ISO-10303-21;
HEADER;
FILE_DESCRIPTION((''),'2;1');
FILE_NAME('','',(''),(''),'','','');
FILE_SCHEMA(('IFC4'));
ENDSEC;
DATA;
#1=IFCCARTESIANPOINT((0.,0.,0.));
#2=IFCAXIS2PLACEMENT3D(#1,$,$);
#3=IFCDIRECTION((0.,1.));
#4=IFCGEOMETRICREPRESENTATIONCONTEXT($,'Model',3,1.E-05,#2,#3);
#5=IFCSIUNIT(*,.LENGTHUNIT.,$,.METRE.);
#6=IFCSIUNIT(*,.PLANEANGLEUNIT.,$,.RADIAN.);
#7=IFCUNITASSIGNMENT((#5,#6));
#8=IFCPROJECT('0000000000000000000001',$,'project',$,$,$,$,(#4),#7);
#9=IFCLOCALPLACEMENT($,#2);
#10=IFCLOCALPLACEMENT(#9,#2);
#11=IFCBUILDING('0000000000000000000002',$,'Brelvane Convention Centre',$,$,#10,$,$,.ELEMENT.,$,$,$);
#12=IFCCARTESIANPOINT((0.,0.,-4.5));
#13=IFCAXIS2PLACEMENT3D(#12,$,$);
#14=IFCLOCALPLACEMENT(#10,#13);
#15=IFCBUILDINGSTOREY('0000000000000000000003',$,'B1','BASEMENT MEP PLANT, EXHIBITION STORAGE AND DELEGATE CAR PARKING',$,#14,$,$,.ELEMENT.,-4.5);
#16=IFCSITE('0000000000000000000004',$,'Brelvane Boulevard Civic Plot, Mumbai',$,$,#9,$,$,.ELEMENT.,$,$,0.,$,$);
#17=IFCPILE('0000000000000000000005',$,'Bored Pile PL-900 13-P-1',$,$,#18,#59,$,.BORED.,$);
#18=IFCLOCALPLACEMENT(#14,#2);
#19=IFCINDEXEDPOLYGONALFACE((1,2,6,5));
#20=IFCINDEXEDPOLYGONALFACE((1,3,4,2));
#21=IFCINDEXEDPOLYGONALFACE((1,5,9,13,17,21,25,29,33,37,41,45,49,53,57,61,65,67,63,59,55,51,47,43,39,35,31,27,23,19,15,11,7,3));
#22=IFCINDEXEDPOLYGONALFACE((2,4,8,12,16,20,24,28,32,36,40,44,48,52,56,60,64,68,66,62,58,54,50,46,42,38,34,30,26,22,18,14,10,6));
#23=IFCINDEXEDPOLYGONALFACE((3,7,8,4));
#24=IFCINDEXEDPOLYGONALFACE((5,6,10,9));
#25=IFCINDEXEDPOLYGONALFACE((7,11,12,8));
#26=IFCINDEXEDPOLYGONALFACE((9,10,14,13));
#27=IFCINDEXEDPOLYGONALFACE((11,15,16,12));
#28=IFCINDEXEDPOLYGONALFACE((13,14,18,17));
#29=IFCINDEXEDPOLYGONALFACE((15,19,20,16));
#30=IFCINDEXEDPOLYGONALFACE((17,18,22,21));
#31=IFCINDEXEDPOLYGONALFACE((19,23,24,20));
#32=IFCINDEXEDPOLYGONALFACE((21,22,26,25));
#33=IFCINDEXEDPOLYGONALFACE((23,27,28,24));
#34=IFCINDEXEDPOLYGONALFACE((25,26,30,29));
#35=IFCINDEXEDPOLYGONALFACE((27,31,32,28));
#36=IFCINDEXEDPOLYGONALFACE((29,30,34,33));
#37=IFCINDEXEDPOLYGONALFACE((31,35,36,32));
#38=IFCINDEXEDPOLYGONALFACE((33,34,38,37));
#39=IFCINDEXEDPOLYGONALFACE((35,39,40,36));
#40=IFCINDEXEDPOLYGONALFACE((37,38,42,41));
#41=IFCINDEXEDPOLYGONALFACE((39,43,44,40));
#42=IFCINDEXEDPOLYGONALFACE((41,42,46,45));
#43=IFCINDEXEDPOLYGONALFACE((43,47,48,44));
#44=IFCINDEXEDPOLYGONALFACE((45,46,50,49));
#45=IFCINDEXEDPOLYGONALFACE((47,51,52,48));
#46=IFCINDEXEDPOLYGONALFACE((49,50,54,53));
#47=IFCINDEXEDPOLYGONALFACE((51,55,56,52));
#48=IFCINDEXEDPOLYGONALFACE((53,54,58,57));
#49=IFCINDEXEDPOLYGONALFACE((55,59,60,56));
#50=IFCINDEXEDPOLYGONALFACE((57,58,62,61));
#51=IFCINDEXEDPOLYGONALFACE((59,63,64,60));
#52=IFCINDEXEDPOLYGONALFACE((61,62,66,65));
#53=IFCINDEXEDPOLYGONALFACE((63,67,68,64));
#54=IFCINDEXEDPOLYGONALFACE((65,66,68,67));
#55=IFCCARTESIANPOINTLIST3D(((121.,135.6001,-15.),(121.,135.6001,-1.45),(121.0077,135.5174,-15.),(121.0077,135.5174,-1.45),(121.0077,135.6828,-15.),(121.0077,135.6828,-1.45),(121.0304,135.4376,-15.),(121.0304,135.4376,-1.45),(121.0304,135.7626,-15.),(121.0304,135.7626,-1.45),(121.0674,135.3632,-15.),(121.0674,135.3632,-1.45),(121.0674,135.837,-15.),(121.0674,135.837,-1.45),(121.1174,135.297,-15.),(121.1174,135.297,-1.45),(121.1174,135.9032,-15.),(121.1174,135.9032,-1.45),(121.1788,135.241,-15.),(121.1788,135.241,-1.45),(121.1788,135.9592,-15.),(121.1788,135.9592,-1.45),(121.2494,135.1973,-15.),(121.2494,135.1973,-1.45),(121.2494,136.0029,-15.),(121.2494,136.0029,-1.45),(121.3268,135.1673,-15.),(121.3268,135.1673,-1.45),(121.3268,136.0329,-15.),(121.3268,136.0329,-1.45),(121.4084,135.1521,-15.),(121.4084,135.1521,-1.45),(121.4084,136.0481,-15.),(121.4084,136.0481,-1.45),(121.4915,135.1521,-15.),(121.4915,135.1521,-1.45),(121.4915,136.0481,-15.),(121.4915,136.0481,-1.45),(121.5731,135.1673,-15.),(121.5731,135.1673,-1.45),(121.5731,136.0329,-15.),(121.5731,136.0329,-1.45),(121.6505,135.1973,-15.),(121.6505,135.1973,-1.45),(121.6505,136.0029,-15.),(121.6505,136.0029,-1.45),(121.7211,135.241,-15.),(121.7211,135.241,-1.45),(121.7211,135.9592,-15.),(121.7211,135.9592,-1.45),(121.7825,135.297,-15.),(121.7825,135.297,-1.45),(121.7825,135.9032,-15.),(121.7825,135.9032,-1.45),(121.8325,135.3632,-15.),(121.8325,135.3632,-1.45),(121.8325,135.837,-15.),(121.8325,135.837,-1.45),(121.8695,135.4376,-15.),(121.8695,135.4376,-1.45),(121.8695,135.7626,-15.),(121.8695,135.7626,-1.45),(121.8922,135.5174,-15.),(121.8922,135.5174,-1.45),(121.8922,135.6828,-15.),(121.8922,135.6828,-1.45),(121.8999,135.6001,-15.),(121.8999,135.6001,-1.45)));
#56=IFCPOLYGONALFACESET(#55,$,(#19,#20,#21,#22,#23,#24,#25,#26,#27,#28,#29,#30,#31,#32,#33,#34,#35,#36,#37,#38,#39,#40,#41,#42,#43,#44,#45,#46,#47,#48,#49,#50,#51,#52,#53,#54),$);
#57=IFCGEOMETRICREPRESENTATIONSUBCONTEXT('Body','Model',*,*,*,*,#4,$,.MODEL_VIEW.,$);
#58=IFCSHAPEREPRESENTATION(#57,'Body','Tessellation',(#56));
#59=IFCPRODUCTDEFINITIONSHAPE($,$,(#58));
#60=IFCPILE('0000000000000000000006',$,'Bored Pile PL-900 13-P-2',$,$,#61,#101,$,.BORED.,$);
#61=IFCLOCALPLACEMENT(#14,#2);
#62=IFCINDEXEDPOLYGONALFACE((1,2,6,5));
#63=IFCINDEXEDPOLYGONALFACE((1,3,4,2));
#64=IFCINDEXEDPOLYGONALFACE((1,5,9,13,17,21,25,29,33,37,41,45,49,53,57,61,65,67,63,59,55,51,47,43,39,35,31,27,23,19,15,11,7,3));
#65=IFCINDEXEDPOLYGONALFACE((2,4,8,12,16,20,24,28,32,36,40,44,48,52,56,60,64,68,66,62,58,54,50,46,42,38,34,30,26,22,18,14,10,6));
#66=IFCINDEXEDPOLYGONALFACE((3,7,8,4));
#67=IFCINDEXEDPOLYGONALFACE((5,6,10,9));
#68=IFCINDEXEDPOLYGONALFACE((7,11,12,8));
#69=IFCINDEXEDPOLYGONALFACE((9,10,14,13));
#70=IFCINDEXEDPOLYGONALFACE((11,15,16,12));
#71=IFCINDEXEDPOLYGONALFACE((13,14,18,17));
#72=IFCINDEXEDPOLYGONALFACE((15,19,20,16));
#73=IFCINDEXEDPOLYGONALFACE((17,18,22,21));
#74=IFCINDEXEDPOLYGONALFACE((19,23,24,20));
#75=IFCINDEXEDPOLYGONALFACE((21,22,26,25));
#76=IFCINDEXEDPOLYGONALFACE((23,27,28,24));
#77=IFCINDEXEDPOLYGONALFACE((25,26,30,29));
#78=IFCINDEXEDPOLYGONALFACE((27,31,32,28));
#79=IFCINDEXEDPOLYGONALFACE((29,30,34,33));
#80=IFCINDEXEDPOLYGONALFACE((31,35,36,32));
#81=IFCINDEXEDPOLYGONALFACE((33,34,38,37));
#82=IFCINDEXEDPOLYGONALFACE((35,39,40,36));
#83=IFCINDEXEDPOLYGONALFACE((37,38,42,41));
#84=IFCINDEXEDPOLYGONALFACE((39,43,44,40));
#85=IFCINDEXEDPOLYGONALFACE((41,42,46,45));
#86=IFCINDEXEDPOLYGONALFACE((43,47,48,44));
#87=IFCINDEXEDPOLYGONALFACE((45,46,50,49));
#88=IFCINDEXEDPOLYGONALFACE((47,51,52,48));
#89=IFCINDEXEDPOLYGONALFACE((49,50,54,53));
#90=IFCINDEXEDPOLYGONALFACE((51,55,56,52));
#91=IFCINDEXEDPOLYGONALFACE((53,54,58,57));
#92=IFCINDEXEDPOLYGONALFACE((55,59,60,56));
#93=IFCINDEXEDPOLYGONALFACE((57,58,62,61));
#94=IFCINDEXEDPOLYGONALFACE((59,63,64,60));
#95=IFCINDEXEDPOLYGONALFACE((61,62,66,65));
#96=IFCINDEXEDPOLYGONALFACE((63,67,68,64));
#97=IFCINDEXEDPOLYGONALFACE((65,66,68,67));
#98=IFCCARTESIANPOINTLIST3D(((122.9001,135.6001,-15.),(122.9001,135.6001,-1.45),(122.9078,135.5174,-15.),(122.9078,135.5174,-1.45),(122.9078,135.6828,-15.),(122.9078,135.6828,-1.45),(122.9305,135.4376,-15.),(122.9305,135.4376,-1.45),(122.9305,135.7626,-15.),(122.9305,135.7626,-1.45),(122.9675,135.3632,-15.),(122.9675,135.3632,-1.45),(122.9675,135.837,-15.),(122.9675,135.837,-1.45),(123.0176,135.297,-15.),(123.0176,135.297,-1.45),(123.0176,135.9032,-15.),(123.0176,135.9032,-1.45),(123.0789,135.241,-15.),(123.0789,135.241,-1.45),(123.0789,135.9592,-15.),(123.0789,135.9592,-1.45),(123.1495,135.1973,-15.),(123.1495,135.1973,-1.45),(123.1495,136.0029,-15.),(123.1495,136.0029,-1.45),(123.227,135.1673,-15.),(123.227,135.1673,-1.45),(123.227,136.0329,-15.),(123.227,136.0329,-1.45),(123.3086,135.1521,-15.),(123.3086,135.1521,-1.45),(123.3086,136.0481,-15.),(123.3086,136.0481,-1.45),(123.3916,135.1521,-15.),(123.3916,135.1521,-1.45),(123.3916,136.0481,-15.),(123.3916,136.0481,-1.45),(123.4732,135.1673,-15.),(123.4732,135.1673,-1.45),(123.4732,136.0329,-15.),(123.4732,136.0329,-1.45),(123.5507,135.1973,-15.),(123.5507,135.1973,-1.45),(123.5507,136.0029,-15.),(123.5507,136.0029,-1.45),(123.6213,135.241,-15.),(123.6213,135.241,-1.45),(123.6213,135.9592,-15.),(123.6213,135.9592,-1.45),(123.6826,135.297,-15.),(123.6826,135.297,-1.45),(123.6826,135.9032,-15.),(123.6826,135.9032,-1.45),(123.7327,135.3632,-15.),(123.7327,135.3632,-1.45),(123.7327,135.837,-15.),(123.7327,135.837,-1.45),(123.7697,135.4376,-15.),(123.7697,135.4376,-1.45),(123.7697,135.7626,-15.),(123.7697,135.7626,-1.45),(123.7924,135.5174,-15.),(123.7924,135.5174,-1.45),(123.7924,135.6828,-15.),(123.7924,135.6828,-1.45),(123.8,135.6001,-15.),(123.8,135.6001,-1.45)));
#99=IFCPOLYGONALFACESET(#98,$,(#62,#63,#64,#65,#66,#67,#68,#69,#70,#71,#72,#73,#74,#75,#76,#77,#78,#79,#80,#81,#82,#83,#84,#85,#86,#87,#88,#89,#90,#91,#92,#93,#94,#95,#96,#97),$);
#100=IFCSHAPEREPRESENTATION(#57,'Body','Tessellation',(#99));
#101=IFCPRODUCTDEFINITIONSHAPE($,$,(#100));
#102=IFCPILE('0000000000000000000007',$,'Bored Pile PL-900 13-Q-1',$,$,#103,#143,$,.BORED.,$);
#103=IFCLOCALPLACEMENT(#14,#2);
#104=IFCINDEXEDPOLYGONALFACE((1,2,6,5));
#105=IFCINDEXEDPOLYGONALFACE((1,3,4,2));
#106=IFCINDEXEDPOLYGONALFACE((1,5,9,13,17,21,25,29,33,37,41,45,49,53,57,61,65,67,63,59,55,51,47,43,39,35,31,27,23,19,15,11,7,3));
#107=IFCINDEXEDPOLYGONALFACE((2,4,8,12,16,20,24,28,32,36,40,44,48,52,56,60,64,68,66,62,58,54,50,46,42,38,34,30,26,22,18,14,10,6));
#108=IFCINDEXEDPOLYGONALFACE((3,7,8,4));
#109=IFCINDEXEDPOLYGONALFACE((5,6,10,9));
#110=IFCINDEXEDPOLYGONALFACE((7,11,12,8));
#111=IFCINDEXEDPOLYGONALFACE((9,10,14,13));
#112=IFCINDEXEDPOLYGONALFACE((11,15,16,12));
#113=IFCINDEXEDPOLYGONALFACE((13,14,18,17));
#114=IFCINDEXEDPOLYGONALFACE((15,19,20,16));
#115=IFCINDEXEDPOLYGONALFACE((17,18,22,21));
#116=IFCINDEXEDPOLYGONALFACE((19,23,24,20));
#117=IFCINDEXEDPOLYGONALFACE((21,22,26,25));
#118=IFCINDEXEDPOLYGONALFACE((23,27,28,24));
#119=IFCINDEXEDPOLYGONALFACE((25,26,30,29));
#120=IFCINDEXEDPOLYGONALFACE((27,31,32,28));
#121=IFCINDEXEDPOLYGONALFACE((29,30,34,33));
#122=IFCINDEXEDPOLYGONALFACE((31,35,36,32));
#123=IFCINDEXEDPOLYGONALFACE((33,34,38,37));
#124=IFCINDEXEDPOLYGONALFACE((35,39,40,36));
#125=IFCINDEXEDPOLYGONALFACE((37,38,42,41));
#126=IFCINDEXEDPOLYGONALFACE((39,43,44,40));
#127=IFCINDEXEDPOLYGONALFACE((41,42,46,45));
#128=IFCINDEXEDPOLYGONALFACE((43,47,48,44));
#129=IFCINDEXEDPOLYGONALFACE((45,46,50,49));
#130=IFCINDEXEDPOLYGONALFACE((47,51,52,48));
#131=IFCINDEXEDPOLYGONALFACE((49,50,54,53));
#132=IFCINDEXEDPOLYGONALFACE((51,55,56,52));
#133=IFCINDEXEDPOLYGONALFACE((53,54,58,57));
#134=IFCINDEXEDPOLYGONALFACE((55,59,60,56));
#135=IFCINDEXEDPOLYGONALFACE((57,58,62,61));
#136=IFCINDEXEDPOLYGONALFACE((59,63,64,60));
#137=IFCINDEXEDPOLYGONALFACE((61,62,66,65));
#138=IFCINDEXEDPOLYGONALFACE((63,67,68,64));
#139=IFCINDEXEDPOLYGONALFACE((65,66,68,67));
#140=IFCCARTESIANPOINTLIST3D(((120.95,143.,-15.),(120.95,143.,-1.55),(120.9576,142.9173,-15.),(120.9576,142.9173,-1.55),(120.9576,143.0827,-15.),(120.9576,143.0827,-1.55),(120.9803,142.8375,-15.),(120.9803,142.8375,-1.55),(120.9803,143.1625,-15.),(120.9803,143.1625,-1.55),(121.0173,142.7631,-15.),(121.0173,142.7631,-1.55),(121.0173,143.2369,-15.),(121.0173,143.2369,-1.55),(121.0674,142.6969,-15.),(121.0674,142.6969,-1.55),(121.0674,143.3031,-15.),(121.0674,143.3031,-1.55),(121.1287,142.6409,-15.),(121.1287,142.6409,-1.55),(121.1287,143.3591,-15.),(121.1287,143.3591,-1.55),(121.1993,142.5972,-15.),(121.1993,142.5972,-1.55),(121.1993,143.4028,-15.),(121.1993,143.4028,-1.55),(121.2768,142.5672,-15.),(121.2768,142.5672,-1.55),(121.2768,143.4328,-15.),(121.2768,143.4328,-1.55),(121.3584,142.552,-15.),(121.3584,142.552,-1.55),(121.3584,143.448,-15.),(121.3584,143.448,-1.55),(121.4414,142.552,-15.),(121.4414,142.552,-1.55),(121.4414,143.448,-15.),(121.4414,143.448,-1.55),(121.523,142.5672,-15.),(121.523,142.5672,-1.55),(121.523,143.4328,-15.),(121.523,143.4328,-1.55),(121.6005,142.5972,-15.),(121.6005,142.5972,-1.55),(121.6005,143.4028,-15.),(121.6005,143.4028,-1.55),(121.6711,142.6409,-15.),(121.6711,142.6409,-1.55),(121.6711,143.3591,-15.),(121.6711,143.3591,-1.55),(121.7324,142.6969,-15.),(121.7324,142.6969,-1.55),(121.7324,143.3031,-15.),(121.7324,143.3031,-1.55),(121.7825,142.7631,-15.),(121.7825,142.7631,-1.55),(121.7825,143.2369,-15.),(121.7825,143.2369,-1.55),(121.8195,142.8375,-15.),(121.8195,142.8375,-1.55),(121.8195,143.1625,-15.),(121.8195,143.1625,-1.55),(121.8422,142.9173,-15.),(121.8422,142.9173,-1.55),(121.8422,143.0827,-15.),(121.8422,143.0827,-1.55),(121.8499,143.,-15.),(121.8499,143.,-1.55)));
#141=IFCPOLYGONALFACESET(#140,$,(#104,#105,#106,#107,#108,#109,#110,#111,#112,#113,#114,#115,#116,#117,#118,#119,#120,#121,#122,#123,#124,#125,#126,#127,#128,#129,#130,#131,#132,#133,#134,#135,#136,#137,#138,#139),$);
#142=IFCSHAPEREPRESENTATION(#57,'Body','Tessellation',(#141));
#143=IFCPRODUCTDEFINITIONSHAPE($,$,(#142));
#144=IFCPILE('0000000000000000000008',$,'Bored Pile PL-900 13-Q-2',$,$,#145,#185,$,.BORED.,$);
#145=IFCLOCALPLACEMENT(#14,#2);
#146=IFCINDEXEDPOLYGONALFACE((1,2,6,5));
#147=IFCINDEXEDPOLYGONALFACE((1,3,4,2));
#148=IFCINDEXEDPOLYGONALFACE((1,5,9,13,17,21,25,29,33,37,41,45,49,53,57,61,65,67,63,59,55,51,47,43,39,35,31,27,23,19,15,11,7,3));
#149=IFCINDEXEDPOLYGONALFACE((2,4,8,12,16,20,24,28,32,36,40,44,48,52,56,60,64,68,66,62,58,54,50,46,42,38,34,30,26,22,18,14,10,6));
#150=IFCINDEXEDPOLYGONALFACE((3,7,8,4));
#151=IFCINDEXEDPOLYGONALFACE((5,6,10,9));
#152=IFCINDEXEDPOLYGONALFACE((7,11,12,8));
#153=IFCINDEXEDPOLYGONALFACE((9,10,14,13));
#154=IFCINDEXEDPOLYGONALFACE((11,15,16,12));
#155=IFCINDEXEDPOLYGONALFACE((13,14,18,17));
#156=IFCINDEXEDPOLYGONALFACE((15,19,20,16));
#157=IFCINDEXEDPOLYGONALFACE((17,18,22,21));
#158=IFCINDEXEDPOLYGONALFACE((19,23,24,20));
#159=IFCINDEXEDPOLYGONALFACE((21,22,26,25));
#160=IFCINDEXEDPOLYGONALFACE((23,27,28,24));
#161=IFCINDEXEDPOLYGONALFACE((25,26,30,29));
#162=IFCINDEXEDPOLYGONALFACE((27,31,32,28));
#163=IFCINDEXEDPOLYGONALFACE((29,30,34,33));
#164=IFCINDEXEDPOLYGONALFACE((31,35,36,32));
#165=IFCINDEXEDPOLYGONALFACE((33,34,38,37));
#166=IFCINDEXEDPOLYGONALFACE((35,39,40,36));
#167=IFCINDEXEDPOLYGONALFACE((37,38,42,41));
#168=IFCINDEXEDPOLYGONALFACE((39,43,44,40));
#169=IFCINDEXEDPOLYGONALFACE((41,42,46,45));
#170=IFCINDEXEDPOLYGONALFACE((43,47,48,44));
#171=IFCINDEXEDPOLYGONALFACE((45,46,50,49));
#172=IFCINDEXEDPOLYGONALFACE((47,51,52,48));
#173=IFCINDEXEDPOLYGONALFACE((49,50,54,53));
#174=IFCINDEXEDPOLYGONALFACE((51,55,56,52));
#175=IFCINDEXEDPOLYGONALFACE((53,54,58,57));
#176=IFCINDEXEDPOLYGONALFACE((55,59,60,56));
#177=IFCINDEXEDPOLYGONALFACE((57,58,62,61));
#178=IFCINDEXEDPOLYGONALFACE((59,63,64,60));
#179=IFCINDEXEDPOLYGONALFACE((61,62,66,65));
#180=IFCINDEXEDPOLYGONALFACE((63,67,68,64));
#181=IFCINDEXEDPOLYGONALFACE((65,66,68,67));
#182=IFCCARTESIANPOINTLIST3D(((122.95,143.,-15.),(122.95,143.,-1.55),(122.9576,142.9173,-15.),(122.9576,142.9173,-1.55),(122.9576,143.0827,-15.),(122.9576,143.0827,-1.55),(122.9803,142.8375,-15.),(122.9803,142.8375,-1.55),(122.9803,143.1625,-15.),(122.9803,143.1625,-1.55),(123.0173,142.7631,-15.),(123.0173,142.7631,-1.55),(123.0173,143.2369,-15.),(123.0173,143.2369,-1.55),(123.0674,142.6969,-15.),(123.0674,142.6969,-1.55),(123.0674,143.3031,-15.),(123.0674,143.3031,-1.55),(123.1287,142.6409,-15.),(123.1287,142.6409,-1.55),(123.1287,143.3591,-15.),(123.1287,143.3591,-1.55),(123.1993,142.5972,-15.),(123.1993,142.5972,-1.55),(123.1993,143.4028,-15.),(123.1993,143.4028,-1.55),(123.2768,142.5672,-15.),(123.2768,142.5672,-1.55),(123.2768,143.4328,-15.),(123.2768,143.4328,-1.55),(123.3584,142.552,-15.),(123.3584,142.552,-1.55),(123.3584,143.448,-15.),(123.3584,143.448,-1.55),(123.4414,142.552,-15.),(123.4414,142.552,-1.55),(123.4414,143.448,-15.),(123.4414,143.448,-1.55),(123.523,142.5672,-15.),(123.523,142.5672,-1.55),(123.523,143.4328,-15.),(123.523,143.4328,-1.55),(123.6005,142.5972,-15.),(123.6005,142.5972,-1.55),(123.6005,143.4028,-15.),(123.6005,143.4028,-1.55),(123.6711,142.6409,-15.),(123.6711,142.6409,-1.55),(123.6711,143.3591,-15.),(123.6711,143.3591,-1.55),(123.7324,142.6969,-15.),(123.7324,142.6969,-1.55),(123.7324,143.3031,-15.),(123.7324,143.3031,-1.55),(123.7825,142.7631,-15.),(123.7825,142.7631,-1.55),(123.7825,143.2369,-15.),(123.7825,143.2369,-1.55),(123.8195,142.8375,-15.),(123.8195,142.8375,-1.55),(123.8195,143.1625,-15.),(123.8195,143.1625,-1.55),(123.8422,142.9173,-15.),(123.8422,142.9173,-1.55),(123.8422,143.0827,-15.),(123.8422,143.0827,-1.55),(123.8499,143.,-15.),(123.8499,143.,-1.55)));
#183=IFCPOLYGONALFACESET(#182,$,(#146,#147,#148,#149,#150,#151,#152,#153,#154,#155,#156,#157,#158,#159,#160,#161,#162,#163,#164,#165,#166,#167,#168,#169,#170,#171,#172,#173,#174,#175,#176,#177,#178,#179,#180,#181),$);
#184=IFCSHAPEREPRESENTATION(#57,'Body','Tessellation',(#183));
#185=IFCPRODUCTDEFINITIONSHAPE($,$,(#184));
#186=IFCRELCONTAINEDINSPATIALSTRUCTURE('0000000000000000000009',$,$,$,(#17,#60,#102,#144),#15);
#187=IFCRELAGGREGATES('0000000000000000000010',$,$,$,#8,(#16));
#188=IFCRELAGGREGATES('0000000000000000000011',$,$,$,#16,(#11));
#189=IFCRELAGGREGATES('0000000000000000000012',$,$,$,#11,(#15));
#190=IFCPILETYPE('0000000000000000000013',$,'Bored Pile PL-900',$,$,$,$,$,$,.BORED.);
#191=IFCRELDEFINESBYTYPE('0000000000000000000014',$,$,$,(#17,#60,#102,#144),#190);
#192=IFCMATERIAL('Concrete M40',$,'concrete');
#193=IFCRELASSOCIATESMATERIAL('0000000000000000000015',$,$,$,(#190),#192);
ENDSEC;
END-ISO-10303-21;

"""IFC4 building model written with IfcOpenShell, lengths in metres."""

from ifc_helpers import new_model, si_unit, direction, frame, origin, origin_2d, place, context, subcontext, project, spatial, circle, extrude, material, material_profile, profile_set, type_object, element, save


model = new_model("IFC4")

# Units and contexts
model_context = context("Model", 3, precision=1e-05, world=origin(), true_north=direction((0.0, 1.0)))
body_context = subcontext(model_context, "Body", "Model", "MODEL_VIEW")
ifc_project = project(units=[si_unit("LENGTHUNIT", "METRE"), si_unit("PLANEANGLEUNIT", "RADIAN")], contexts=[model_context])

# Site, building, storey
site_placement = place(None, origin())
site = spatial("IfcSite", under=ifc_project, at=site_placement, Name="Brelvane Boulevard Civic Plot, Mumbai", CompositionType="ELEMENT", RefElevation=0.0)
building_placement = place(site_placement, origin())
building = spatial("IfcBuilding", under=site, at=building_placement, Name="Brelvane Convention Centre", CompositionType="ELEMENT")
storey_placement = place(building_placement, frame((0.0, 0.0, -4.5)))
storey = spatial("IfcBuildingStorey", under=building, at=storey_placement, Name="B1", Description="BASEMENT MEP PLANT, EXHIBITION STORAGE AND DELEGATE CAR PARKING", CompositionType="ELEMENT", Elevation=-4.5)

# Piles
ifc_material_1 = material(Name="Concrete M40", Category="concrete")
ifc_material_profile_1 = material_profile(ifc_material_1, circle(Radius=0.45, at=origin_2d()), Name="PILE D900")
ifc_profile_set_1 = profile_set([ifc_material_profile_1], Name="Concrete M40")
pile_type = type_object("IfcPileType", Name="Bored Pile PL-900", PredefinedType="BORED", material=ifc_profile_set_1)
for number, where, z_axis, x_axis, name in (
    (1, (121.45, 135.6001, -1.45), (0.0, 0.0, -1.0), (1.0, 0.0, 0.0), "Bored Pile PL-900 13-P-1"),
    (2, (123.3501, 135.6001, -1.45), (0.0, 0.0, -1.0), (1.0, 0.0, 0.0), "Bored Pile PL-900 13-P-2"),
):
    element("IfcPile", number, at=place(storey_placement, frame(where, z_axis=z_axis, x_axis=x_axis)), inside=storey, type_object=pile_type, Name=name, PredefinedType="BORED", context=body_context, shape_type="SweptSolid", body=[
        extrude(circle(Radius=0.45, at=origin_2d()), origin(), (0.0, 0.0, 1.0), 13.55),
    ])
for number, where, z_axis, x_axis, name in (
    (3, (121.3999, 143.0, -1.55), (0.0, 0.0, -1.0), (1.0, 0.0, 0.0), "Bored Pile PL-900 13-Q-1"),
    (4, (123.3999, 143.0, -1.55), (0.0, 0.0, -1.0), (1.0, 0.0, 0.0), "Bored Pile PL-900 13-Q-2"),
):
    element("IfcPile", number, at=place(storey_placement, frame(where, z_axis=z_axis, x_axis=x_axis)), inside=storey, type_object=pile_type, Name=name, PredefinedType="BORED", context=body_context, shape_type="SweptSolid", body=[
        extrude(circle(Radius=0.45, at=origin_2d()), origin(), (0.0, 0.0, 1.0), 13.45),
    ])

save(model, "model.ifc")
